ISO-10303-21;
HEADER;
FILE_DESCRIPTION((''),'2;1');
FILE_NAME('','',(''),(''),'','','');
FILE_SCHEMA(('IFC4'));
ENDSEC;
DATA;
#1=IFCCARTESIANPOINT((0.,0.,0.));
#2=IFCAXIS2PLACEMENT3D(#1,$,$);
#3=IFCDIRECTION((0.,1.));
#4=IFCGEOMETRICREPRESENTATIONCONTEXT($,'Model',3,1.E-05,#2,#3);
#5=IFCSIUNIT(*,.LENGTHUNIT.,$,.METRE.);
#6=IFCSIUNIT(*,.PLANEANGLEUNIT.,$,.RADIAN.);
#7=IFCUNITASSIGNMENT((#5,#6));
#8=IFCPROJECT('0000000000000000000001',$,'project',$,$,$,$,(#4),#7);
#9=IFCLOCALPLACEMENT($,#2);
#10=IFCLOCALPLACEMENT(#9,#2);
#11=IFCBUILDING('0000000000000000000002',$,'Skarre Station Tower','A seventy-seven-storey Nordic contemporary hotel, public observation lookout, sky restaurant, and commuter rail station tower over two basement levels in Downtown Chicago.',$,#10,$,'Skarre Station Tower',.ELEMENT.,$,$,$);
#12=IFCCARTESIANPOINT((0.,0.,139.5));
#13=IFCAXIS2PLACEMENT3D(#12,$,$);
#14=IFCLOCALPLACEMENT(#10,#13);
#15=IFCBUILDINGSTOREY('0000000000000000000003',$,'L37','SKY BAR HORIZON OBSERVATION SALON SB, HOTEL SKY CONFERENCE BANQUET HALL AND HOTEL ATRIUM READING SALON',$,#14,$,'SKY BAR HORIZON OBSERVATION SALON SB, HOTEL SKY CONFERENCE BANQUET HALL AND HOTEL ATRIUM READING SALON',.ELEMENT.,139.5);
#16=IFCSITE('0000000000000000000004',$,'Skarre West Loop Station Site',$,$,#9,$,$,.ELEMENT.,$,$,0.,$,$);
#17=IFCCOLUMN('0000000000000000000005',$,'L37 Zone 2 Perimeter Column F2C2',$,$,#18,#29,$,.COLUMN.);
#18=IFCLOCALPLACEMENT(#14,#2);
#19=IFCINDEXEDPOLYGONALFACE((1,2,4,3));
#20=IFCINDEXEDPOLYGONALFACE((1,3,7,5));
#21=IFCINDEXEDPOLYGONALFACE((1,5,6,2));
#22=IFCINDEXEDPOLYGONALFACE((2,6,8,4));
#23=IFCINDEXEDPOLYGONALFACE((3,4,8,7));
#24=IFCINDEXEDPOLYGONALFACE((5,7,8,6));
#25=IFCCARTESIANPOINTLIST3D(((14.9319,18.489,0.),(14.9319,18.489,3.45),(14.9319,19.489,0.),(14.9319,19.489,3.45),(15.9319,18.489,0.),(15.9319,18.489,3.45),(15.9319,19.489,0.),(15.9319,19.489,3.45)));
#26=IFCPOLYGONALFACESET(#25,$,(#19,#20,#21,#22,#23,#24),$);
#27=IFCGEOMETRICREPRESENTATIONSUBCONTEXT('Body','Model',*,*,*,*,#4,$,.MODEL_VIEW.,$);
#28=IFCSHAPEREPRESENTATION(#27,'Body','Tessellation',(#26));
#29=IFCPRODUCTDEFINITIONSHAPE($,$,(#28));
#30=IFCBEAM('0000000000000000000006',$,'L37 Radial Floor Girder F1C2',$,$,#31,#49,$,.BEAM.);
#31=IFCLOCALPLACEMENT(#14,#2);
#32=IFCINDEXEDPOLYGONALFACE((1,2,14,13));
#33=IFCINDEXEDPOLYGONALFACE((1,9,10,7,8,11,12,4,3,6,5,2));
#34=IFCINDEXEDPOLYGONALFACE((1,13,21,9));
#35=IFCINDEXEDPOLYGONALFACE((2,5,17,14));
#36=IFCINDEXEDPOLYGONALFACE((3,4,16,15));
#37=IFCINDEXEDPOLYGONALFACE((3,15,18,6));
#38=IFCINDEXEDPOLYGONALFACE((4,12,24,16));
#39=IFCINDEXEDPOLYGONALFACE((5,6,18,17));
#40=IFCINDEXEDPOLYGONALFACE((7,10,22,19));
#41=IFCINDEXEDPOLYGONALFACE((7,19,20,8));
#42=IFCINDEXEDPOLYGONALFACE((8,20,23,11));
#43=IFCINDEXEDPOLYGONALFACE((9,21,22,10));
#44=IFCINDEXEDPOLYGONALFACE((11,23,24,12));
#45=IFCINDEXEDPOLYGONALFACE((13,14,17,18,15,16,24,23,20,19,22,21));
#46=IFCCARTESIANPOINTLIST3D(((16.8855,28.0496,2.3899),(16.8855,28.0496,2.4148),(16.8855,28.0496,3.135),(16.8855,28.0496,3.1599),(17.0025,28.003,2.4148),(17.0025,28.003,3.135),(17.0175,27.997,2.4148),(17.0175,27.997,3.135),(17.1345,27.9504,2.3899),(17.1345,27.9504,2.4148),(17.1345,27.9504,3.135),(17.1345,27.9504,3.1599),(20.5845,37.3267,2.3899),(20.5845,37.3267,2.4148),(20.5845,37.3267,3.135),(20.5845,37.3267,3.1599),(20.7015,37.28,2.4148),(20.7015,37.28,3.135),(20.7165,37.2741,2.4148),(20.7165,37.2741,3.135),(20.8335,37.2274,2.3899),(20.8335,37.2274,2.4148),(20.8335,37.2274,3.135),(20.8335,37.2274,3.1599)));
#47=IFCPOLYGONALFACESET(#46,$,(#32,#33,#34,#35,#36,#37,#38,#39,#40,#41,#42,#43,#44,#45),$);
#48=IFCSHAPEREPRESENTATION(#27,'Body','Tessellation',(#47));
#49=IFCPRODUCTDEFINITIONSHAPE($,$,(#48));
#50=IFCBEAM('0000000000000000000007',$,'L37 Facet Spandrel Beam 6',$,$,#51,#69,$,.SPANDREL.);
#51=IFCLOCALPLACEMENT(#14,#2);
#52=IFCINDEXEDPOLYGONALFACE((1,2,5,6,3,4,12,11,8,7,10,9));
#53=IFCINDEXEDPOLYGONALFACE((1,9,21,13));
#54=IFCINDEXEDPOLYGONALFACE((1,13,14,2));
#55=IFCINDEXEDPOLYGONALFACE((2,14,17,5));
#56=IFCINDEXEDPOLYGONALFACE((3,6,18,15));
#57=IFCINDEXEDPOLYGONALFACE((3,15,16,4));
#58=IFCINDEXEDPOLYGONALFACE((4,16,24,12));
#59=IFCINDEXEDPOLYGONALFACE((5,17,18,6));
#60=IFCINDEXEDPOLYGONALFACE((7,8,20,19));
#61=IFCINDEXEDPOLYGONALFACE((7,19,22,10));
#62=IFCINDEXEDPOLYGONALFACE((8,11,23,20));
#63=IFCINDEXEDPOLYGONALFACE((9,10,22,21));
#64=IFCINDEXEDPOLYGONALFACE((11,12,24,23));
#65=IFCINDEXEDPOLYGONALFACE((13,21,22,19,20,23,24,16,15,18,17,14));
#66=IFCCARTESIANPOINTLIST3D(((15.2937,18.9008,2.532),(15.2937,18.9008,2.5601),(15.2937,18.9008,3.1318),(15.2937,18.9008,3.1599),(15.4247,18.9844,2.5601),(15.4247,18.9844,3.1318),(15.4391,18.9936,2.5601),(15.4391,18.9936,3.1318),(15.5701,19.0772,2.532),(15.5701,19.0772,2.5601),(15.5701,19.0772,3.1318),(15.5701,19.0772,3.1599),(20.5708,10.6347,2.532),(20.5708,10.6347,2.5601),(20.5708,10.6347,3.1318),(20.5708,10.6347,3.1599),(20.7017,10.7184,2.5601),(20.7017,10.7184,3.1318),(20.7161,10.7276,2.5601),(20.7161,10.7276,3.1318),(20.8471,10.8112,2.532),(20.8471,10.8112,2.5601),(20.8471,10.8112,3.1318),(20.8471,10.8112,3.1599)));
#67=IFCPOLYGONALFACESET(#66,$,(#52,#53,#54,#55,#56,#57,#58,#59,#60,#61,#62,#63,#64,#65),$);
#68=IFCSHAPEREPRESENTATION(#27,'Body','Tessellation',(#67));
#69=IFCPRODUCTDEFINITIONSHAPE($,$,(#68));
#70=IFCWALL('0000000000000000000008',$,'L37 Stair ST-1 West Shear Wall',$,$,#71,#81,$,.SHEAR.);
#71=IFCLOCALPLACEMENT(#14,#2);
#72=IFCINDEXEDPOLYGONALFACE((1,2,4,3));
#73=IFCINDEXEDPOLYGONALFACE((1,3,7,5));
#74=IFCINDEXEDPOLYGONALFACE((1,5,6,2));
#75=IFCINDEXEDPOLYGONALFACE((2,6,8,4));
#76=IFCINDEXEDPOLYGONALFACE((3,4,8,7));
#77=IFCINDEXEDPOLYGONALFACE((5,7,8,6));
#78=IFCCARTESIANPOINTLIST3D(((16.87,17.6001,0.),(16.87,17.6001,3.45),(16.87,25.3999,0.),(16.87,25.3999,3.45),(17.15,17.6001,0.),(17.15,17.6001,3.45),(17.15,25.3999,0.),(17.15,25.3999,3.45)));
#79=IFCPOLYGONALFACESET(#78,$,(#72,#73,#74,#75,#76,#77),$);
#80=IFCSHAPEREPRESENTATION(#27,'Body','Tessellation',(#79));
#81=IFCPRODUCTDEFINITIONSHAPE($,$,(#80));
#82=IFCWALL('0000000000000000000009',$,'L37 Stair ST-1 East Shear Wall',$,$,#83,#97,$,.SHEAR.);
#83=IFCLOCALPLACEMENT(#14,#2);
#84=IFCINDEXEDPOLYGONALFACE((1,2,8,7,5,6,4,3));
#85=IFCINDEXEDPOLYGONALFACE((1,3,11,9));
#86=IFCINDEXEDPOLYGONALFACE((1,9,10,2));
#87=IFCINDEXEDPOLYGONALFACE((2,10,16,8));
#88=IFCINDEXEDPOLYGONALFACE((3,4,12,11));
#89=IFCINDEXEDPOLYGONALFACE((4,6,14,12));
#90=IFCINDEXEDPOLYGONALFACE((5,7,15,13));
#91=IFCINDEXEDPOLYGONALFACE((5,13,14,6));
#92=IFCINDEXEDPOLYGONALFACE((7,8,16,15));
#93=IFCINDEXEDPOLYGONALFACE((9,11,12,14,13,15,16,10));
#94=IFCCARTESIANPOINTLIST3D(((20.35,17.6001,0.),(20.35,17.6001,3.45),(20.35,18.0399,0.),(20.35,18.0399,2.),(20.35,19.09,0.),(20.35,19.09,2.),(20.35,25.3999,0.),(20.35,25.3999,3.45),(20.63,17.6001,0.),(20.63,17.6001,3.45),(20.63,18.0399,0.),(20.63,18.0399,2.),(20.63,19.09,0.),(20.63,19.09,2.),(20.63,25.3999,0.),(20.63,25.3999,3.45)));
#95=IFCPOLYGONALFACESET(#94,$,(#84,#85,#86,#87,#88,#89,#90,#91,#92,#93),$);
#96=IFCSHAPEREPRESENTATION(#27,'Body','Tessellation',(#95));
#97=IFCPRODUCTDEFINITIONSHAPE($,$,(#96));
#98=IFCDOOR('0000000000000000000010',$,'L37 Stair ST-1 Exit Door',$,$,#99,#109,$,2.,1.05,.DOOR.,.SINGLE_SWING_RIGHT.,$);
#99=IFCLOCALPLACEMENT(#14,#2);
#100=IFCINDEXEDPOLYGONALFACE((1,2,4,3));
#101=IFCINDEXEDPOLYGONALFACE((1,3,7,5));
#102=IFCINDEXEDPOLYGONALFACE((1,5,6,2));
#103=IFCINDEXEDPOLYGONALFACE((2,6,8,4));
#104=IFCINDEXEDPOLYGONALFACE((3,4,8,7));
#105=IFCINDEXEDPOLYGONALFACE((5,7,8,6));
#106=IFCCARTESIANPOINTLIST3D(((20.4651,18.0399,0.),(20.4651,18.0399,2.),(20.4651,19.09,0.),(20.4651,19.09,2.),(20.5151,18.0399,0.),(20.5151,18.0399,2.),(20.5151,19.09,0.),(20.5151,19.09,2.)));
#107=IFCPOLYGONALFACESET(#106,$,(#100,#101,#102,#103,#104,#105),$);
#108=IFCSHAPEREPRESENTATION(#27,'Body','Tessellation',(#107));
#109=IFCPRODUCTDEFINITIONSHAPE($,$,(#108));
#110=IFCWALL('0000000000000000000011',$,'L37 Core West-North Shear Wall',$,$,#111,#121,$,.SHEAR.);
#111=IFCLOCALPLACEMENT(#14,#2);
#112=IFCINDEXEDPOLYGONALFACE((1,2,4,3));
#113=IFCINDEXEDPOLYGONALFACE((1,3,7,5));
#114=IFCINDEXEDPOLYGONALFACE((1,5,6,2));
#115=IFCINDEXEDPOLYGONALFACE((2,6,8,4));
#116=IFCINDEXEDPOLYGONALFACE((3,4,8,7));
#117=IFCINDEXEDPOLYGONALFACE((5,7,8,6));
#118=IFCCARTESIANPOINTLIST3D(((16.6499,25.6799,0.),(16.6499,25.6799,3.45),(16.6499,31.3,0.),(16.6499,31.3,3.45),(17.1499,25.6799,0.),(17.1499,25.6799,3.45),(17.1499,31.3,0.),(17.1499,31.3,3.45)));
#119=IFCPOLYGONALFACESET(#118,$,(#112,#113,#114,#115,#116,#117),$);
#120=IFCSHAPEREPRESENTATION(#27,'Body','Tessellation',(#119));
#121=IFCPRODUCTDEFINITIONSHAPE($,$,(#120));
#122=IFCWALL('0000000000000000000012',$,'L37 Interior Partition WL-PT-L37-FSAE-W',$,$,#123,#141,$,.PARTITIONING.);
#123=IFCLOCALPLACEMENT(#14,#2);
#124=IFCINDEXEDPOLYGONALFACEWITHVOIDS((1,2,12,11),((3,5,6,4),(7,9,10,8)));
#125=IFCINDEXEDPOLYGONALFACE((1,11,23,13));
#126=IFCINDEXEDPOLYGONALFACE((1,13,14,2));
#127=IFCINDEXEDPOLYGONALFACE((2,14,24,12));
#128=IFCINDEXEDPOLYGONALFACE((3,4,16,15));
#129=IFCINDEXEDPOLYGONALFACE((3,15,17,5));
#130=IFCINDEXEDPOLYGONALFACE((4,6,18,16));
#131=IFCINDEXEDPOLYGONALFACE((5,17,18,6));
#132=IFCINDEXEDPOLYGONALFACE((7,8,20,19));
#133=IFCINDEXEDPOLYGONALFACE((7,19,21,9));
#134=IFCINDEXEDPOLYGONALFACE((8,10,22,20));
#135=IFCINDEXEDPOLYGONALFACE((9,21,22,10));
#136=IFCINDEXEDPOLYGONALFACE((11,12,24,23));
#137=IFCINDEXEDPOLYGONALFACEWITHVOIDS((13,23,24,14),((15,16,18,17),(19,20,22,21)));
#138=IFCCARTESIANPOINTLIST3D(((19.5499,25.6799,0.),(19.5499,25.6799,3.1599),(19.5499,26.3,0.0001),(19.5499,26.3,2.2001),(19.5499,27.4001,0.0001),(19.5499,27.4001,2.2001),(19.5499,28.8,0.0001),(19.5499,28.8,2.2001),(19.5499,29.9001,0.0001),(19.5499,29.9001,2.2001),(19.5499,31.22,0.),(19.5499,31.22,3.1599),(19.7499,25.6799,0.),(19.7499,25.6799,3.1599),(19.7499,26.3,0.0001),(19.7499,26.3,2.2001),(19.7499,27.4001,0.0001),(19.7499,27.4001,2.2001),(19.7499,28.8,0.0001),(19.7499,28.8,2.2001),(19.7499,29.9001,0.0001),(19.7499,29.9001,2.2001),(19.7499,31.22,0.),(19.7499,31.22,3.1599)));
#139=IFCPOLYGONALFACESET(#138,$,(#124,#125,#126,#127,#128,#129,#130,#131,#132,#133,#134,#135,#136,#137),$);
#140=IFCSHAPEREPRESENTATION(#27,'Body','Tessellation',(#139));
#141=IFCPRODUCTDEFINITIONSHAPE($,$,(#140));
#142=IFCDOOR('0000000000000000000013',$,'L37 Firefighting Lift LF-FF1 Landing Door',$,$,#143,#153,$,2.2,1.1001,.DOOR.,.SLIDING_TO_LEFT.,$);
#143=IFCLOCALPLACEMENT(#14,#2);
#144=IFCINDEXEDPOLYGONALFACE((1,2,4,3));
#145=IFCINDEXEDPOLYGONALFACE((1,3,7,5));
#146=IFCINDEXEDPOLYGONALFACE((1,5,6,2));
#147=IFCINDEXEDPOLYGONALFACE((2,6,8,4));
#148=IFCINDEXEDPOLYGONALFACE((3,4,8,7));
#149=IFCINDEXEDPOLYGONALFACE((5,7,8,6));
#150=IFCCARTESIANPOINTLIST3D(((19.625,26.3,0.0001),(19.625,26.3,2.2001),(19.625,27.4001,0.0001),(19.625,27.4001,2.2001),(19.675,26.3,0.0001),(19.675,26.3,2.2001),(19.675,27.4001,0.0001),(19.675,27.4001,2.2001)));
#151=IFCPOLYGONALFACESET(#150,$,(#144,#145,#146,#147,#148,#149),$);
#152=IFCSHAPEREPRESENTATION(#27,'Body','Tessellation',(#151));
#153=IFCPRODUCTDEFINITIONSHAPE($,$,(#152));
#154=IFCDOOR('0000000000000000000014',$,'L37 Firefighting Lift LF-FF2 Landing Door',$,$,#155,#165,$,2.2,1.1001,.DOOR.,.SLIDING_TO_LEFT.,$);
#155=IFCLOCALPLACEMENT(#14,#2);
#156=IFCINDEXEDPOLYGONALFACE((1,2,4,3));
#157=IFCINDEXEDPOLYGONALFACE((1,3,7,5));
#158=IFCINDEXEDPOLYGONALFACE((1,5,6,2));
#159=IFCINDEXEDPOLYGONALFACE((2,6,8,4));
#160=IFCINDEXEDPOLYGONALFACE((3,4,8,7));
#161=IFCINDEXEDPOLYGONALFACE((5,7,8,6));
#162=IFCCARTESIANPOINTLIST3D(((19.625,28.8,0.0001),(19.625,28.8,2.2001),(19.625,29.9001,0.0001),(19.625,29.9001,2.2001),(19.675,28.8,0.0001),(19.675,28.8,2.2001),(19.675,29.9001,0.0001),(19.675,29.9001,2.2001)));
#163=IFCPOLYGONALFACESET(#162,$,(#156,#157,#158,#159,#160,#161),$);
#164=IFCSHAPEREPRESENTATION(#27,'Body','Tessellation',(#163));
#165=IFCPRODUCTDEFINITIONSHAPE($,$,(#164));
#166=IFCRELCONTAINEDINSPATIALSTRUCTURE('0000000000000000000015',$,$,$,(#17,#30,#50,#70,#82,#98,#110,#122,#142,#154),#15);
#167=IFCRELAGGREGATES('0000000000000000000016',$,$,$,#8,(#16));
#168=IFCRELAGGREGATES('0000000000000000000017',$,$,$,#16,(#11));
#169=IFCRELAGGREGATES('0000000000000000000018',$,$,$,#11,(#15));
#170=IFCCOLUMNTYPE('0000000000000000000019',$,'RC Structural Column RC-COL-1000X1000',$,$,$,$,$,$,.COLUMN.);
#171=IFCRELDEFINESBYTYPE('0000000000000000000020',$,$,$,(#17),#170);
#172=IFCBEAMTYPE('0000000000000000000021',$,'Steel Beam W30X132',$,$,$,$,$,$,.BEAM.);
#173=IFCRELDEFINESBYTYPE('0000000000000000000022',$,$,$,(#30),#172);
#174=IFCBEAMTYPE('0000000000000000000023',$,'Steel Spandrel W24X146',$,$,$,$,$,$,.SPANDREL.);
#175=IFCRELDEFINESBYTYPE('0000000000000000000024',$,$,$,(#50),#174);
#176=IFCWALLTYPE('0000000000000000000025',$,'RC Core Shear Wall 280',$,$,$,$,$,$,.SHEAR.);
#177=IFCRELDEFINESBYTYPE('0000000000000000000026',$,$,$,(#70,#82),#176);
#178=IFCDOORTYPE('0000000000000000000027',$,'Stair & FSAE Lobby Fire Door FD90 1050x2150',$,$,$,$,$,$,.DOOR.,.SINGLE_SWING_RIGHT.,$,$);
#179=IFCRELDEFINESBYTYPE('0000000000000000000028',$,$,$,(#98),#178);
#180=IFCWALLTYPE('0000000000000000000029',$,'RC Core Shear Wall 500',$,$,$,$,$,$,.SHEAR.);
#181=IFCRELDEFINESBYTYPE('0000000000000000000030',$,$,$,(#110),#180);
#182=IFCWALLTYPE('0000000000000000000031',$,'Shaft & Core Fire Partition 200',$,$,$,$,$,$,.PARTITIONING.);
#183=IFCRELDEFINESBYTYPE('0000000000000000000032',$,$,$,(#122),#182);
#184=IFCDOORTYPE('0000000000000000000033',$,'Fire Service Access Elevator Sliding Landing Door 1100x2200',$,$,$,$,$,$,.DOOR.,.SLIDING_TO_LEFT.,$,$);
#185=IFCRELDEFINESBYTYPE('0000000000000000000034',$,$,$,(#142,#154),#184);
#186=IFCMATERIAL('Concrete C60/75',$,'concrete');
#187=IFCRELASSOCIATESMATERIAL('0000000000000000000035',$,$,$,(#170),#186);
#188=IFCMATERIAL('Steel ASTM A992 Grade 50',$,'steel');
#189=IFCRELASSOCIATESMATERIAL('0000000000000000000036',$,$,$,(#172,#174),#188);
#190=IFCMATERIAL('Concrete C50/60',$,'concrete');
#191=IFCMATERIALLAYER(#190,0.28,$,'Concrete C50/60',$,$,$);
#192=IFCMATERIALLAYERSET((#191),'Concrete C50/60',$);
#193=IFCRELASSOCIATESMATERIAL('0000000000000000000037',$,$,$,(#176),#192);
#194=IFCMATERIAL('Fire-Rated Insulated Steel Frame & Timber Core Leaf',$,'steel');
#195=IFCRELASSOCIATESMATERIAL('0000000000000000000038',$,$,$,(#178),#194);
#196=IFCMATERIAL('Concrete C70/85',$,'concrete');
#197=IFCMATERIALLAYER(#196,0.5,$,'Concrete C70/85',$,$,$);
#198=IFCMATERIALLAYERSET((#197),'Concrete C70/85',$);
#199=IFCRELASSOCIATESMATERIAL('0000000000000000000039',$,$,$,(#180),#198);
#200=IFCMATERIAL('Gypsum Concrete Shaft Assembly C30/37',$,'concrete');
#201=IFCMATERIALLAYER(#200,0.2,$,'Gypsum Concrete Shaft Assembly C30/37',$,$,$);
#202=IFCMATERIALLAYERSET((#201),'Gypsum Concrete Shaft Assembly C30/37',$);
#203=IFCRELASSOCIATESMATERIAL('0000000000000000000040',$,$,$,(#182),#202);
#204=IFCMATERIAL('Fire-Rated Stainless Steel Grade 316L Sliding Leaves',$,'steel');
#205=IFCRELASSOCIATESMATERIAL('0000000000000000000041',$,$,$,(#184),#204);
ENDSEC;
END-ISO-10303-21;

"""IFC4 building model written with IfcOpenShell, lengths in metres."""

from ifc_helpers import new_model, si_unit, direction, frame, frame_2d, origin, origin_2d, place, context, subcontext, project, spatial, rectangle, i_section, extrude, material, layer, layer_set, material_profile, profile_set, type_object, element, fill, save


model = new_model("IFC4")

# Units and contexts
model_context = context("Model", 3, precision=1e-05, world=origin(), true_north=direction((0.0, 1.0)))
body_context = subcontext(model_context, "Body", "Model", "MODEL_VIEW")
ifc_project = project(units=[si_unit("LENGTHUNIT", "METRE"), si_unit("PLANEANGLEUNIT", "RADIAN")], contexts=[model_context])

# Site, building, storey
site_placement = place(None, origin())
site = spatial("IfcSite", under=ifc_project, at=site_placement, Name="Skarre West Loop Station Site", CompositionType="ELEMENT", RefElevation=0.0)
building_placement = place(site_placement, origin())
building = spatial("IfcBuilding", under=site, at=building_placement, Name="Skarre Station Tower", Description="A seventy-seven-storey Nordic contemporary hotel, public observation lookout, sky restaurant, and commuter rail station tower over two basement levels in Downtown Chicago.", LongName="Skarre Station Tower", CompositionType="ELEMENT")
storey_placement = place(building_placement, frame((0.0, 0.0, 139.5)))
storey = spatial("IfcBuildingStorey", under=building, at=storey_placement, Name="L37", Description="SKY BAR HORIZON OBSERVATION SALON SB, HOTEL SKY CONFERENCE BANQUET HALL AND HOTEL ATRIUM READING SALON", LongName="SKY BAR HORIZON OBSERVATION SALON SB, HOTEL SKY CONFERENCE BANQUET HALL AND HOTEL ATRIUM READING SALON", CompositionType="ELEMENT", Elevation=139.5)

# Column
ifc_material_1 = material(Name="Concrete C60/75", Category="concrete")
ifc_material_profile_1 = material_profile(ifc_material_1, rectangle(XDim=1.0, YDim=1.0, at=origin_2d()), Name="Concrete C60/75")
ifc_profile_set_1 = profile_set([ifc_material_profile_1], Name="Concrete C60/75")
column_type = type_object("IfcColumnType", Name="RC Structural Column RC-COL-1000X1000", PredefinedType="COLUMN", material=ifc_profile_set_1)
column_placement = place(storey_placement, frame((15.4319, 18.989, 0.0), z_axis=(0.0, 0.0, 1.0), x_axis=(1.0, 0.0, 0.0)))
element("IfcColumn", 1, at=column_placement, inside=storey, type_object=column_type, Name="L37 Zone 2 Perimeter Column F2C2", PredefinedType="COLUMN", context=body_context, shape_type="SweptSolid", body=[
    extrude(rectangle(XDim=1.0, YDim=1.0, at=origin_2d()), origin(), (0.0, 0.0, 1.0), 3.45),
])

# Beams
ifc_material_2 = material(Name="Steel ASTM A992 Grade 50", Category="steel")
ifc_material_profile_2 = material_profile(ifc_material_2, i_section(OverallWidth=0.2681, OverallDepth=0.77, WebThickness=0.0161, FlangeThickness=0.0249, at=origin_2d()), Name="Steel ASTM A992 Grade 50")
ifc_profile_set_2 = profile_set([ifc_material_profile_2], Name="Steel ASTM A992 Grade 50")
beam_type_1 = type_object("IfcBeamType", Name="Steel Beam W30X132", PredefinedType="BEAM", material=ifc_profile_set_2)
beam_1_placement = place(storey_placement, frame((17.01, 28.0, 2.7749), z_axis=(0.370366, 0.928886, 0.0), x_axis=(-0.928886, 0.370366, 0.0)))
element("IfcBeam", 2, at=beam_1_placement, inside=storey, type_object=beam_type_1, Name="L37 Radial Floor Girder F1C2", PredefinedType="BEAM", context=body_context, shape_type="SweptSolid", body=[
    extrude(i_section(OverallWidth=0.2681, OverallDepth=0.77, WebThickness=0.0161, FlangeThickness=0.0249, at=origin_2d()), origin(), (0.0, 0.0, 1.0), 9.9873),
])
ifc_material_profile_3 = material_profile(ifc_material_2, i_section(OverallWidth=0.3279, OverallDepth=0.6279, WebThickness=0.0171, FlangeThickness=0.0281, at=origin_2d()), Name="Steel ASTM A992 Grade 50")
ifc_profile_set_3 = profile_set([ifc_material_profile_3], Name="Steel ASTM A992 Grade 50")
beam_type_2 = type_object("IfcBeamType", Name="Steel Spandrel W24X146", PredefinedType="SPANDREL", material=ifc_profile_set_3)
beam_2_placement = place(storey_placement, frame((15.4319, 18.989, 2.8459), z_axis=(0.538098, -0.842883, 0.0), x_axis=(0.842883, 0.538098, 0.0)))
element("IfcBeam", 3, at=beam_2_placement, inside=storey, type_object=beam_type_2, Name="L37 Facet Spandrel Beam 6", PredefinedType="SPANDREL", context=body_context, shape_type="SweptSolid", body=[
    extrude(i_section(OverallWidth=0.3279, OverallDepth=0.6279, WebThickness=0.0171, FlangeThickness=0.0281, at=origin_2d()), origin(), (0.0, 0.0, 1.0), 9.8069),
])

# Wall
ifc_material_3 = material(Name="Concrete C50/60", Category="concrete")
ifc_layer_1 = layer(ifc_material_3, 0.28, Name="Concrete C50/60")
ifc_layer_set_1 = layer_set([ifc_layer_1], Name="Concrete C50/60")
wall_type_1 = type_object("IfcWallType", Name="RC Core Shear Wall 280", PredefinedType="SHEAR", material=ifc_layer_set_1)
wall_1_placement = place(storey_placement, frame((17.01, 25.3999, 0.0), z_axis=(0.0, 0.0, 1.0), x_axis=(0.0, -1.0, 0.0)))
element("IfcWall", 4, at=wall_1_placement, inside=storey, type_object=wall_type_1, Name="L37 Stair ST-1 West Shear Wall", PredefinedType="SHEAR", context=body_context, shape_type="SweptSolid", body=[
    extrude(rectangle(XDim=7.7998, YDim=0.28, at=frame_2d((3.8999, 0.0))), origin(), (0.0, 0.0, 1.0), 3.45),
])

# Wall, opening, door
wall_2_placement = place(storey_placement, frame((20.49, 17.6001, 0.0), z_axis=(0.0, 0.0, 1.0), x_axis=(0.0, 1.0, 0.0)))
wall_2 = element("IfcWall", 5, at=wall_2_placement, inside=storey, type_object=wall_type_1, Name="L37 Stair ST-1 East Shear Wall", PredefinedType="SHEAR", context=body_context, shape_type="SweptSolid", body=[
    extrude(rectangle(XDim=7.7998, YDim=0.28, at=frame_2d((3.8999, 0.0))), origin(), (0.0, 0.0, 1.0), 3.45),
])
opening_1_placement = place(wall_2_placement, frame((0.4399, 0.0, 0.0)))
opening_1 = element("IfcOpeningElement", 6, at=opening_1_placement, cuts=wall_2, PredefinedType="OPENING", context=body_context, shape_type="SweptSolid", body=[
    extrude(rectangle(XDim=1.05, YDim=2.0, at=frame_2d((0.5249, 1.0))), frame((0.0, 0.1499, 0.0), z_axis=(0.0, -1.0, 0.0), x_axis=(1.0, 0.0, 0.0)), (0.0, 0.0, 1.0), 0.3),
])
ifc_material_4 = material(Name="Fire-Rated Insulated Steel Frame & Timber Core Leaf", Category="steel")
door_type_1 = type_object("IfcDoorType", Name="Stair & FSAE Lobby Fire Door FD90 1050x2150", OperationType="SINGLE_SWING_RIGHT", PredefinedType="DOOR", material=ifc_material_4)
door_1_placement = place(opening_1_placement, origin())
door_1 = element("IfcDoor", 7, at=door_1_placement, inside=storey, type_object=door_type_1, Name="L37 Stair ST-1 Exit Door", OperationType="SINGLE_SWING_RIGHT", OverallHeight=2.0, OverallWidth=1.05, PredefinedType="DOOR", context=body_context, shape_type="SweptSolid", body=[
    extrude(rectangle(XDim=1.05, YDim=2.0, at=frame_2d((0.5249, 1.0))), frame((0.0, 0.0249, 0.0), z_axis=(0.0, -1.0, 0.0), x_axis=(1.0, 0.0, 0.0)), (0.0, 0.0, 1.0), 0.05),
])
fill(opening_1, door_1)

# Wall
ifc_material_5 = material(Name="Concrete C70/85", Category="concrete")
ifc_layer_2 = layer(ifc_material_5, 0.5, Name="Concrete C70/85")
ifc_layer_set_2 = layer_set([ifc_layer_2], Name="Concrete C70/85")
wall_type_2 = type_object("IfcWallType", Name="RC Core Shear Wall 500", PredefinedType="SHEAR", material=ifc_layer_set_2)
wall_3_placement = place(storey_placement, frame((16.8999, 25.6799, 0.0), z_axis=(0.0, 0.0, 1.0), x_axis=(0.0, 1.0, 0.0)))
element("IfcWall", 8, at=wall_3_placement, inside=storey, type_object=wall_type_2, Name="L37 Core West-North Shear Wall", PredefinedType="SHEAR", context=body_context, shape_type="SweptSolid", body=[
    extrude(rectangle(XDim=5.6201, YDim=0.5, at=frame_2d((2.8101, 0.0))), origin(), (0.0, 0.0, 1.0), 3.45),
])

# Wall, openings, doors
ifc_material_6 = material(Name="Gypsum Concrete Shaft Assembly C30/37", Category="concrete")
ifc_layer_3 = layer(ifc_material_6, 0.2, Name="Gypsum Concrete Shaft Assembly C30/37")
ifc_layer_set_3 = layer_set([ifc_layer_3], Name="Gypsum Concrete Shaft Assembly C30/37")
wall_type_3 = type_object("IfcWallType", Name="Shaft & Core Fire Partition 200", PredefinedType="PARTITIONING", material=ifc_layer_set_3)
wall_4_placement = place(storey_placement, frame((19.6499, 25.6799, 0.0), z_axis=(0.0, 0.0, 1.0), x_axis=(0.0, 1.0, 0.0)))
wall_4 = element("IfcWall", 9, at=wall_4_placement, inside=storey, type_object=wall_type_3, Name="L37 Interior Partition WL-PT-L37-FSAE-W", PredefinedType="PARTITIONING", context=body_context, shape_type="SweptSolid", body=[
    extrude(rectangle(XDim=5.54, YDim=0.2, at=frame_2d((2.77, 0.0))), origin(), (0.0, 0.0, 1.0), 3.1599),
])
opening_2_placement = place(wall_4_placement, frame((0.6201, 0.0, 0.0)))
opening_2 = element("IfcOpeningElement", 10, at=opening_2_placement, cuts=wall_4, PredefinedType="OPENING", context=body_context, shape_type="SweptSolid", body=[
    extrude(rectangle(XDim=1.1001, YDim=2.2, at=frame_2d((0.55, 1.1001))), frame((0.0, 0.1099, 0.0), z_axis=(0.0, -1.0, 0.0), x_axis=(1.0, 0.0, 0.0)), (0.0, 0.0, 1.0), 0.22),
])
opening_3_placement = place(wall_4_placement, frame((3.1201, 0.0, 0.0)))
opening_3 = element("IfcOpeningElement", 11, at=opening_3_placement, cuts=wall_4, PredefinedType="OPENING", context=body_context, shape_type="SweptSolid", body=[
    extrude(rectangle(XDim=1.1001, YDim=2.2, at=frame_2d((0.55, 1.1001))), frame((0.0, 0.1099, 0.0), z_axis=(0.0, -1.0, 0.0), x_axis=(1.0, 0.0, 0.0)), (0.0, 0.0, 1.0), 0.22),
])
ifc_material_7 = material(Name="Fire-Rated Stainless Steel Grade 316L Sliding Leaves", Category="steel")
door_type_2 = type_object("IfcDoorType", Name="Fire Service Access Elevator Sliding Landing Door 1100x2200", OperationType="SLIDING_TO_LEFT", PredefinedType="DOOR", material=ifc_material_7)
door_2_placement = place(opening_2_placement, origin())
door_2 = element("IfcDoor", 12, at=door_2_placement, inside=storey, type_object=door_type_2, Name="L37 Firefighting Lift LF-FF1 Landing Door", OperationType="SLIDING_TO_LEFT", OverallHeight=2.2, OverallWidth=1.1001, PredefinedType="DOOR", context=body_context, shape_type="SweptSolid", body=[
    extrude(rectangle(XDim=1.1001, YDim=2.2, at=frame_2d((0.55, 1.1001))), frame((0.0, 0.0249, 0.0), z_axis=(0.0, -1.0, 0.0), x_axis=(1.0, 0.0, 0.0)), (0.0, 0.0, 1.0), 0.05),
])
fill(opening_2, door_2)
door_3_placement = place(opening_3_placement, origin())
door_3 = element("IfcDoor", 13, at=door_3_placement, inside=storey, type_object=door_type_2, Name="L37 Firefighting Lift LF-FF2 Landing Door", OperationType="SLIDING_TO_LEFT", OverallHeight=2.2, OverallWidth=1.1001, PredefinedType="DOOR", context=body_context, shape_type="SweptSolid", body=[
    extrude(rectangle(XDim=1.1001, YDim=2.2, at=frame_2d((0.55, 1.1001))), frame((0.0, 0.0249, 0.0), z_axis=(0.0, -1.0, 0.0), x_axis=(1.0, 0.0, 0.0)), (0.0, 0.0, 1.0), 0.05),
])
fill(opening_3, door_3)

save(model, "model.ifc")
